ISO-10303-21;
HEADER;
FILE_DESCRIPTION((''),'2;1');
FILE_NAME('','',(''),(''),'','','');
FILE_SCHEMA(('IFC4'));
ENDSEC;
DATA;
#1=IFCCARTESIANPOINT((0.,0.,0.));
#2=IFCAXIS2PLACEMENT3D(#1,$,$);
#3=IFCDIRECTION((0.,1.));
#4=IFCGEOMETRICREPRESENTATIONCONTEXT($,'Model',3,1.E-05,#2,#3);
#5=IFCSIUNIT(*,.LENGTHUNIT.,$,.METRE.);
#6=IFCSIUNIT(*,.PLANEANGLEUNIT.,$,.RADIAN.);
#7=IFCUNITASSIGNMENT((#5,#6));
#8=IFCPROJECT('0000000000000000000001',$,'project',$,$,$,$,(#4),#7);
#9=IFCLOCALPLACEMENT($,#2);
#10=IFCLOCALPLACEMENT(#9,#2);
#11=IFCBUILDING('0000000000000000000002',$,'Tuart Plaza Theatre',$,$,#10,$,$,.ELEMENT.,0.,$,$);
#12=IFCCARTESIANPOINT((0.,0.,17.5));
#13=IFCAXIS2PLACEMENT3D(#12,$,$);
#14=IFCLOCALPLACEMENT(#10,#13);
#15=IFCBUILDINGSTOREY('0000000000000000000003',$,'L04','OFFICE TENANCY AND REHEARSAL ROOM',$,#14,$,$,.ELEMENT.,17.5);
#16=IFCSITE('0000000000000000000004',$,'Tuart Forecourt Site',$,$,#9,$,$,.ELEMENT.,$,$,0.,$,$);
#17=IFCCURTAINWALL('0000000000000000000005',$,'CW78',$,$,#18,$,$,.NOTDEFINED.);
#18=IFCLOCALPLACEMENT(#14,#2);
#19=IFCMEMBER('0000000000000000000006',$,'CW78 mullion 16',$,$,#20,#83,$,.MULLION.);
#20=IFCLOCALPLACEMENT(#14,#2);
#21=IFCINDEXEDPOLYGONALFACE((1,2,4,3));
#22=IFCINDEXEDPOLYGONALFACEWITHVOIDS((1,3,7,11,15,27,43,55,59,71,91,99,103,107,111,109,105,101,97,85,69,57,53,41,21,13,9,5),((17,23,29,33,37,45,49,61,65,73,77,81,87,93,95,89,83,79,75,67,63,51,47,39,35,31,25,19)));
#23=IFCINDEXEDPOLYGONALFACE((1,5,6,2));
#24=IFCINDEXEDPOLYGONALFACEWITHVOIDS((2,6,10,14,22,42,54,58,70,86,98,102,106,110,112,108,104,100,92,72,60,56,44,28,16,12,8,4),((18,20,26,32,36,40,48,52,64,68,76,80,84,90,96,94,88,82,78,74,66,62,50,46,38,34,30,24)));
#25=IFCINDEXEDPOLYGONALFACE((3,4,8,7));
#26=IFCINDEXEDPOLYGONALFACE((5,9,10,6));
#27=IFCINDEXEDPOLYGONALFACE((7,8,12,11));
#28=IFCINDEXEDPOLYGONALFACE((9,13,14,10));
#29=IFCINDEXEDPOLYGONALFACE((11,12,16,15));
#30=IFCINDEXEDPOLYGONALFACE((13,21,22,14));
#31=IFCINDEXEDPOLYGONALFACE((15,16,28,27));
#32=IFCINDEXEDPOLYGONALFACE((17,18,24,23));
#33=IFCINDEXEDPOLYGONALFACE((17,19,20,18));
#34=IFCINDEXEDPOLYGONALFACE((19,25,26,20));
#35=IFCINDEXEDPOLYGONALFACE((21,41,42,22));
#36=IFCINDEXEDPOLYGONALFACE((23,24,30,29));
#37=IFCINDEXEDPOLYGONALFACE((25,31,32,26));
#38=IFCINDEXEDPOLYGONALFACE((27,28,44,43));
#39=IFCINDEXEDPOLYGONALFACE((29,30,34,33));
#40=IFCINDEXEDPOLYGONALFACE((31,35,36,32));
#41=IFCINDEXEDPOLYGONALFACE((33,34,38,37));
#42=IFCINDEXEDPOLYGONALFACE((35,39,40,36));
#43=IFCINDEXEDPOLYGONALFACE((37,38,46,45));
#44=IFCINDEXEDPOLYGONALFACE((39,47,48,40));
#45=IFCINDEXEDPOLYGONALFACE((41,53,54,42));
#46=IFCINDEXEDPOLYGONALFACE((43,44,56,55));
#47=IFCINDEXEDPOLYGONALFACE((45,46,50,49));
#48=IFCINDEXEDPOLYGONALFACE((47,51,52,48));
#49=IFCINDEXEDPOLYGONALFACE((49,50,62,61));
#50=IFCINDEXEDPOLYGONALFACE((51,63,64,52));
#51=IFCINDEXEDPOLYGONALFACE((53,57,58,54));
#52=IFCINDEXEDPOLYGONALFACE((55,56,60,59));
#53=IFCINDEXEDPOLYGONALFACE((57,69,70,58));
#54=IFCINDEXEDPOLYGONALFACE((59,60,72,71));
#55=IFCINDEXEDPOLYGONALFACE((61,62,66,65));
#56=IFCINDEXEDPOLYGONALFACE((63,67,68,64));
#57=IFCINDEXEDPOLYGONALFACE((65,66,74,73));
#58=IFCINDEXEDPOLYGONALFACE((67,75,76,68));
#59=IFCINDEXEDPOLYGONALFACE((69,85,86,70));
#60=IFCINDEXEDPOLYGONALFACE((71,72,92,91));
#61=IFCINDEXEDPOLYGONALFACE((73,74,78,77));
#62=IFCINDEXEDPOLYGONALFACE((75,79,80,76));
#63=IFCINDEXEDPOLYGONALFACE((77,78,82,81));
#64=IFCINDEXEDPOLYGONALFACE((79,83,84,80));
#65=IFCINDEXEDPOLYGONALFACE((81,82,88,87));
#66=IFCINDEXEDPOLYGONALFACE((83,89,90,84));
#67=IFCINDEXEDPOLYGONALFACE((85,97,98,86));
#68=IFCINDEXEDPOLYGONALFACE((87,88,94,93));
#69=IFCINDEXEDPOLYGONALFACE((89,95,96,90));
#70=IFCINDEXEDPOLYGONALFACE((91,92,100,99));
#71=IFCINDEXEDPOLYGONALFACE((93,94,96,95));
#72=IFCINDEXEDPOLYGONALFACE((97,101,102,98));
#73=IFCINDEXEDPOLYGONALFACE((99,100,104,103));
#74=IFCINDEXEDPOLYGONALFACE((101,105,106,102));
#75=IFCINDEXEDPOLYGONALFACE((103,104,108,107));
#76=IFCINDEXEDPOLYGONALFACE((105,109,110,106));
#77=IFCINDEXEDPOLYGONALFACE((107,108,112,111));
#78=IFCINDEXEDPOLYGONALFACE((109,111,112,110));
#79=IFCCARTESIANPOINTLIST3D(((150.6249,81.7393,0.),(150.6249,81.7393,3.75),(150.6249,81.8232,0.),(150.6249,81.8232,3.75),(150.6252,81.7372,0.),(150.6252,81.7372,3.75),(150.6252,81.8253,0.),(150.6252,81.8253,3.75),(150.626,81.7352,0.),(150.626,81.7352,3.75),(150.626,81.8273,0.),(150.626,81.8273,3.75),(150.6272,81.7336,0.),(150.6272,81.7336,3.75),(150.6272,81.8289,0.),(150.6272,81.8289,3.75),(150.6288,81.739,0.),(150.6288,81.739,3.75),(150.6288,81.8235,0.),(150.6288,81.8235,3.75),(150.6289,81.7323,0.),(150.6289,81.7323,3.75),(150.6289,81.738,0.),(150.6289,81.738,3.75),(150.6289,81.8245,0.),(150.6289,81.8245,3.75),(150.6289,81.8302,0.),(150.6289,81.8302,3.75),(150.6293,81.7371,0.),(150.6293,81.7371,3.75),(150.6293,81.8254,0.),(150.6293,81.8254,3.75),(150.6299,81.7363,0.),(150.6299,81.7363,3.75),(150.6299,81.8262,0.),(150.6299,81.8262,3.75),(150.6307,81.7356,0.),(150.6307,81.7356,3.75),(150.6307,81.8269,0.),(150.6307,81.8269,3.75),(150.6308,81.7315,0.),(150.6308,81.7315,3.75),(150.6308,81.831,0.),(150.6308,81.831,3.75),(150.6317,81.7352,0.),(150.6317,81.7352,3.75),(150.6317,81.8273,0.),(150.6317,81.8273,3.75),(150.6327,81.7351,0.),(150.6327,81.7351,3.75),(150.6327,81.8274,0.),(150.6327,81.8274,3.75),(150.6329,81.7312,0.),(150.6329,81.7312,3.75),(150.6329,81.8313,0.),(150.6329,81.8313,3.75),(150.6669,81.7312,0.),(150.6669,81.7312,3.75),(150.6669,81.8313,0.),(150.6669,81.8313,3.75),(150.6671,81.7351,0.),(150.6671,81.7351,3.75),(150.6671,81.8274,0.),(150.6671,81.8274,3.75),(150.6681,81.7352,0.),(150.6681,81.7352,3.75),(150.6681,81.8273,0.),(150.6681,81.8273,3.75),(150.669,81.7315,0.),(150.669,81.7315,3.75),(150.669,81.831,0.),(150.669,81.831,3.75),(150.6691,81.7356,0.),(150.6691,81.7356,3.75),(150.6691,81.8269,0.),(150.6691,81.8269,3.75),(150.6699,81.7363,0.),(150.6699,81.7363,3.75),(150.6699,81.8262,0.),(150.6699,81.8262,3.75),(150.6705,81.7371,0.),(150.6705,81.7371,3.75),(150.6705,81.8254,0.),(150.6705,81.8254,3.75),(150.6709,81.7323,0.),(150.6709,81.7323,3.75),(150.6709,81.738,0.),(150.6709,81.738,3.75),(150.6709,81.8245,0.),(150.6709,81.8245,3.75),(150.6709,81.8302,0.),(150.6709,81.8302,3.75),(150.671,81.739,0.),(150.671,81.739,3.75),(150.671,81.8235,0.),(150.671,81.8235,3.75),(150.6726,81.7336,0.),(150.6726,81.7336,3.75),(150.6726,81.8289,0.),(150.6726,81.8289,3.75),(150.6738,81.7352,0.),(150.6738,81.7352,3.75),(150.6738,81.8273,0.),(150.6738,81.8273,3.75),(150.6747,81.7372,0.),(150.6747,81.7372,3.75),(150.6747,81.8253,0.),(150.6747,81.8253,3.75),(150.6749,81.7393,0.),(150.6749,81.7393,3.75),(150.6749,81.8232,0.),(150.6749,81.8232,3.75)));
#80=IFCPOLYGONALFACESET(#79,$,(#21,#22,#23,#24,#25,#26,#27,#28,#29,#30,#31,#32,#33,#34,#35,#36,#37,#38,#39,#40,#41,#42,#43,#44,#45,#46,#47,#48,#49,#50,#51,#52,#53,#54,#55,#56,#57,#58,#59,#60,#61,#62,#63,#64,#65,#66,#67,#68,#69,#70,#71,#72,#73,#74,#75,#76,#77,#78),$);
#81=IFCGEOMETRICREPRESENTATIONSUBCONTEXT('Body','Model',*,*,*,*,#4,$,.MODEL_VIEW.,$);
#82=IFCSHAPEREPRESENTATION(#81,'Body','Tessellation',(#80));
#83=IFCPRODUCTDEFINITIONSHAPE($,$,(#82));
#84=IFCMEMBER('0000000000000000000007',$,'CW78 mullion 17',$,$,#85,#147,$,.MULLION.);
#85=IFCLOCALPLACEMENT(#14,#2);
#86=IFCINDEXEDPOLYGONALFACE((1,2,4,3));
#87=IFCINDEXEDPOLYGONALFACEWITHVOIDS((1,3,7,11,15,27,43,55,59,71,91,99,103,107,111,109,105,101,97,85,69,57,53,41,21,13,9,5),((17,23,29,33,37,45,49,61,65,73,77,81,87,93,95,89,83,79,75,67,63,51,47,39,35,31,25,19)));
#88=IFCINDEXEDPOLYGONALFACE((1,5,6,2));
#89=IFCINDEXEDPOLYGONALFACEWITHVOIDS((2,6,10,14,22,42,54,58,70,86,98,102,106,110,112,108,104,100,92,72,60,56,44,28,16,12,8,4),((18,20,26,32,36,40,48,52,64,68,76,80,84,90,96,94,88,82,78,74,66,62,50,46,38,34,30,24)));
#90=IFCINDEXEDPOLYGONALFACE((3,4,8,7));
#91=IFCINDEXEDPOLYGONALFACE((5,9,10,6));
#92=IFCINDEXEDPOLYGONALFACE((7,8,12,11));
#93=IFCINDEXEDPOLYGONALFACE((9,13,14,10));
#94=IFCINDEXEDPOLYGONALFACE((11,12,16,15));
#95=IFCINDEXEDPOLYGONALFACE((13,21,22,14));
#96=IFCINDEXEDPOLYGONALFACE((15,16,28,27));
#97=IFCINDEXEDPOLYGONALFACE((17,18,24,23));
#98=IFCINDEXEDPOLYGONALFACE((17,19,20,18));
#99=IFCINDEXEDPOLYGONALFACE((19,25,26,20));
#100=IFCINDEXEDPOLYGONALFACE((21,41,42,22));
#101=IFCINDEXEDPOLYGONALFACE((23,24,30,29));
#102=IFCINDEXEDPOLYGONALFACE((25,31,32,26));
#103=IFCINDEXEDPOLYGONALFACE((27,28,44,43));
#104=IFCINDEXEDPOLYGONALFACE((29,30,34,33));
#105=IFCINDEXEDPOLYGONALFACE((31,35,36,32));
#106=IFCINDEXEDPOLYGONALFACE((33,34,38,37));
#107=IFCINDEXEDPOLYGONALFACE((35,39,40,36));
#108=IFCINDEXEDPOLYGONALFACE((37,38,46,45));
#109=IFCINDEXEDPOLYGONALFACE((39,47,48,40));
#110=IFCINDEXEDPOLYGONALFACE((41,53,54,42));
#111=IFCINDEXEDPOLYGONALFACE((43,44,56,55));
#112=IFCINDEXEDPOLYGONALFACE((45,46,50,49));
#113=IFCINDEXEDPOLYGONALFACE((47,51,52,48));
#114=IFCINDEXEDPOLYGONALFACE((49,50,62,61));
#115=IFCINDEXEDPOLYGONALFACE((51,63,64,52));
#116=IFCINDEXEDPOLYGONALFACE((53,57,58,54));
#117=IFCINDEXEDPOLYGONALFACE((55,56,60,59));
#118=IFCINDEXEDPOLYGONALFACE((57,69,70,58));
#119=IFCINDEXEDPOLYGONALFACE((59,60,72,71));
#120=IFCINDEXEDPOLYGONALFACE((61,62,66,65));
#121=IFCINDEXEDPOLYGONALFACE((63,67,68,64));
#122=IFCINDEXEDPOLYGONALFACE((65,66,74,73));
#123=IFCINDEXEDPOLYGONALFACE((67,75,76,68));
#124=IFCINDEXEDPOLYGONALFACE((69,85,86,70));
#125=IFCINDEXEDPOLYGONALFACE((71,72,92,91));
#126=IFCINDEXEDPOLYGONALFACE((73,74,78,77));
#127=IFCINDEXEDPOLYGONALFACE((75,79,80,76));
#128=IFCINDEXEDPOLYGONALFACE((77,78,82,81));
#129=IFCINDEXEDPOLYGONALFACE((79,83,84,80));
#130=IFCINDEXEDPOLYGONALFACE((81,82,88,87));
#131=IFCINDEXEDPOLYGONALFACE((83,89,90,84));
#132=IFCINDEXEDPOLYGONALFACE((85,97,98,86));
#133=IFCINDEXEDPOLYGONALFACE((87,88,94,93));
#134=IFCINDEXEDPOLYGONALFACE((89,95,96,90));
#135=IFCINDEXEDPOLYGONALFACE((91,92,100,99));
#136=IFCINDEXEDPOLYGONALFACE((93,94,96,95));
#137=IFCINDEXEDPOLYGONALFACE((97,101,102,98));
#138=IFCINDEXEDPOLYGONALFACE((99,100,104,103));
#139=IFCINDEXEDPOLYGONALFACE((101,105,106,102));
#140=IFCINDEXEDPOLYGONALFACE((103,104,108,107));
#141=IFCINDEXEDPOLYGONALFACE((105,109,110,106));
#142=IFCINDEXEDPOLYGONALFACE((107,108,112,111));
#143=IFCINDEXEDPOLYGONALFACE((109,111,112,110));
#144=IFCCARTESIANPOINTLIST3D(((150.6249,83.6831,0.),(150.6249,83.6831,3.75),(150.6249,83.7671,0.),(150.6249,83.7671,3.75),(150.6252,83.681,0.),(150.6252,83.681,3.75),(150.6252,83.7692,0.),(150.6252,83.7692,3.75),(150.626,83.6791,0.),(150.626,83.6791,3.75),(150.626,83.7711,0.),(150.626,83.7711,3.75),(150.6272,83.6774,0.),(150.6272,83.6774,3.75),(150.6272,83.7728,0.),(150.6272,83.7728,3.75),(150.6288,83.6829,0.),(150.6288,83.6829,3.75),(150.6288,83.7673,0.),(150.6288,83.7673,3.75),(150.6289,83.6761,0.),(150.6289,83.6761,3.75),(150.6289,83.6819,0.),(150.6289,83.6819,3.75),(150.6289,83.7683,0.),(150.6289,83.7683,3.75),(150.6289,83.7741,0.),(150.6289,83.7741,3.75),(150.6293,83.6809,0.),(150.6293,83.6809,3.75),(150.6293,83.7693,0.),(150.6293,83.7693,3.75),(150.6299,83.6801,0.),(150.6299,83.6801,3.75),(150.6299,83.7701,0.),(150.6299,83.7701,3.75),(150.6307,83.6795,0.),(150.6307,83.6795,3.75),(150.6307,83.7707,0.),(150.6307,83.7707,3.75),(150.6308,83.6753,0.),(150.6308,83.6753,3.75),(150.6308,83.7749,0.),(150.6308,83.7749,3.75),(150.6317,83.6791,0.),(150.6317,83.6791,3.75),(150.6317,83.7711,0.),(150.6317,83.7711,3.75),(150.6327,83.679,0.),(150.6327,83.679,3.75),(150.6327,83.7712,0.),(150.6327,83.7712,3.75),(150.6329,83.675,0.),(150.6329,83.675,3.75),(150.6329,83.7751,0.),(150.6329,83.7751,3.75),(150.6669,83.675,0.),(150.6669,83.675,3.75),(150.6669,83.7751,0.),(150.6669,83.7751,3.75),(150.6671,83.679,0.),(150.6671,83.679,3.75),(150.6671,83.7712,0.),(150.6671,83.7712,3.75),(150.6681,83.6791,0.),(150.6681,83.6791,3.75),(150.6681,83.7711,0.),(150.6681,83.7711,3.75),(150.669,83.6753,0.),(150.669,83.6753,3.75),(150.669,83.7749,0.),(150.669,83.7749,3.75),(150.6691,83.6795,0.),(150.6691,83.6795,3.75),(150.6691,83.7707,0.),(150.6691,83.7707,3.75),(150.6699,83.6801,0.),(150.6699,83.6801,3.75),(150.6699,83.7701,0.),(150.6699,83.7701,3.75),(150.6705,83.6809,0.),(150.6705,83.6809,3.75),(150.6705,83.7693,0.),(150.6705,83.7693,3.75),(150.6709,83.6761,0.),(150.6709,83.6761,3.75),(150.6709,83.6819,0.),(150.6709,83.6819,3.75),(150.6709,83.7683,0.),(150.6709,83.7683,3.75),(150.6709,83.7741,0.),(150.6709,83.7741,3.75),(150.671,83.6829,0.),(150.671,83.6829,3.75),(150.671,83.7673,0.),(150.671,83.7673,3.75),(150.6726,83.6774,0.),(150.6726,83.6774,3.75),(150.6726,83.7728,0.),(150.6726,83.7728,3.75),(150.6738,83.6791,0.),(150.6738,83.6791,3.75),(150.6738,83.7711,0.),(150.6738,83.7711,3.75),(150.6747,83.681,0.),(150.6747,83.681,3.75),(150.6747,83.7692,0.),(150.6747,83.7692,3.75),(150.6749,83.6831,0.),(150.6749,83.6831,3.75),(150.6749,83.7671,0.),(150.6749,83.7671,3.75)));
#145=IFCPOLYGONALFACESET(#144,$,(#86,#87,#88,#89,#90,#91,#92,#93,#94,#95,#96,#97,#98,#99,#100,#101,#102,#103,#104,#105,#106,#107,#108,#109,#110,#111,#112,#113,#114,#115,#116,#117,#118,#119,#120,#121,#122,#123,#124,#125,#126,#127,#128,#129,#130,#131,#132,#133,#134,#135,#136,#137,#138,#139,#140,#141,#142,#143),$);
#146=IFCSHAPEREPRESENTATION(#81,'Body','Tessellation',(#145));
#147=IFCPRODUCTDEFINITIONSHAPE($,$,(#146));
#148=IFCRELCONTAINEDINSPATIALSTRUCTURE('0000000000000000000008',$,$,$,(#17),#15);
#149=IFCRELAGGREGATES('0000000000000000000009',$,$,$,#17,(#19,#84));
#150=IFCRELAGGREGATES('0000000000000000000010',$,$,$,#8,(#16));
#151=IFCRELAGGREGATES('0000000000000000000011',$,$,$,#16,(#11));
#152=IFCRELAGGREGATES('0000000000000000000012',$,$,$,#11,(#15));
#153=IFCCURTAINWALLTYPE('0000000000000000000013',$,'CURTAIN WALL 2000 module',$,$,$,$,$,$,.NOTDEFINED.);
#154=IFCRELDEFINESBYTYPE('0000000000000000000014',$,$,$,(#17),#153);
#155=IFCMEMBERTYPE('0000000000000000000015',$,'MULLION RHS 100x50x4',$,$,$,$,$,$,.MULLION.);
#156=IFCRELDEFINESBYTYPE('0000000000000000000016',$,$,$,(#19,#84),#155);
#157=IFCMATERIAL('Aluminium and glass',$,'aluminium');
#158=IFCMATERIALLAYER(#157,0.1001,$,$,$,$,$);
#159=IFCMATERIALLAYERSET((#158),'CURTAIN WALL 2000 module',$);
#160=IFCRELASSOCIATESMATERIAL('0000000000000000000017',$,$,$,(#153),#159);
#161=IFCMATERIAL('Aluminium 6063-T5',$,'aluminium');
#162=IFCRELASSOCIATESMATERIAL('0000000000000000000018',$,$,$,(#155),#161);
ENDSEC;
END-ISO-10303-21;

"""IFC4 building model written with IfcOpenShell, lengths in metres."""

from ifc_helpers import new_model, si_unit, direction, frame, origin, origin_2d, place, context, subcontext, project, spatial, hollow_rectangle, extrude, material, layer, layer_set, material_profile, profile_set, type_object, element, aggregate, save


model = new_model("IFC4")

# Units and contexts
model_context = context("Model", 3, precision=1e-05, world=origin(), true_north=direction((0.0, 1.0)))
body_context = subcontext(model_context, "Body", "Model", "MODEL_VIEW")
ifc_project = project(units=[si_unit("LENGTHUNIT", "METRE"), si_unit("PLANEANGLEUNIT", "RADIAN")], contexts=[model_context])

# Site, building, storey
site_placement = place(None, origin())
site = spatial("IfcSite", under=ifc_project, at=site_placement, Name="Tuart Forecourt Site", CompositionType="ELEMENT", RefElevation=0.0)
building_placement = place(site_placement, origin())
building = spatial("IfcBuilding", under=site, at=building_placement, Name="Tuart Plaza Theatre", CompositionType="ELEMENT", ElevationOfRefHeight=0.0)
storey_placement = place(building_placement, frame((0.0, 0.0, 17.5)))
storey = spatial("IfcBuildingStorey", under=building, at=storey_placement, Name="L04", Description="OFFICE TENANCY AND REHEARSAL ROOM", CompositionType="ELEMENT", Elevation=17.5)

# Curtain wall, members
ifc_material_1 = material(Name="Aluminium and glass", Category="aluminium")
ifc_layer_1 = layer(ifc_material_1, 0.1001)
ifc_layer_set_1 = layer_set([ifc_layer_1], Name="CURTAIN WALL 2000 module")
curtain_wall_type = type_object("IfcCurtainWallType", Name="CURTAIN WALL 2000 module", PredefinedType="NOTDEFINED", material=ifc_layer_set_1)
curtain_wall_1_placement = place(storey_placement, origin())
curtain_wall_1 = element("IfcCurtainWall", 1, at=curtain_wall_1_placement, inside=storey, type_object=curtain_wall_type, Name="CW78", PredefinedType="NOTDEFINED")
ifc_material_2 = material(Name="Aluminium 6063-T5", Category="aluminium")
ifc_material_profile_1 = material_profile(ifc_material_2, hollow_rectangle(XDim=0.05, YDim=0.1001, WallThickness=0.0039, InnerFilletRadius=0.0039, OuterFilletRadius=0.0081, at=origin_2d()), Name="RHS 100x50x4")
ifc_profile_set_1 = profile_set([ifc_material_profile_1], Name="Aluminium 6063-T5")
member_type_1 = type_object("IfcMemberType", Name="MULLION RHS 100x50x4", PredefinedType="MULLION", material=ifc_profile_set_1)
member_1_placement = place(storey_placement, frame((150.6499, 81.7812, 0.0), z_axis=(0.0, 0.0, 1.0), x_axis=(-1.0, 0.0, 0.0)))
member_1 = element("IfcMember", 2, at=member_1_placement, type_object=member_type_1, Name="CW78 mullion 16", PredefinedType="MULLION", context=body_context, shape_type="SweptSolid", body=[
    extrude(hollow_rectangle(XDim=0.05, YDim=0.1001, WallThickness=0.0039, InnerFilletRadius=0.0039, OuterFilletRadius=0.0081, at=origin_2d()), origin(), (0.0, 0.0, 1.0), 3.75),
])
member_2_placement = place(storey_placement, frame((150.6499, 83.7251, 0.0), z_axis=(0.0, 0.0, 1.0), x_axis=(-1.0, 0.0, 0.0)))
member_2 = element("IfcMember", 3, at=member_2_placement, type_object=member_type_1, Name="CW78 mullion 17", PredefinedType="MULLION", context=body_context, shape_type="SweptSolid", body=[
    extrude(hollow_rectangle(XDim=0.05, YDim=0.1001, WallThickness=0.0039, InnerFilletRadius=0.0039, OuterFilletRadius=0.0081, at=origin_2d()), origin(), (0.0, 0.0, 1.0), 3.75),
])

aggregate(curtain_wall_1, [member_1, member_2])

save(model, "model.ifc")
